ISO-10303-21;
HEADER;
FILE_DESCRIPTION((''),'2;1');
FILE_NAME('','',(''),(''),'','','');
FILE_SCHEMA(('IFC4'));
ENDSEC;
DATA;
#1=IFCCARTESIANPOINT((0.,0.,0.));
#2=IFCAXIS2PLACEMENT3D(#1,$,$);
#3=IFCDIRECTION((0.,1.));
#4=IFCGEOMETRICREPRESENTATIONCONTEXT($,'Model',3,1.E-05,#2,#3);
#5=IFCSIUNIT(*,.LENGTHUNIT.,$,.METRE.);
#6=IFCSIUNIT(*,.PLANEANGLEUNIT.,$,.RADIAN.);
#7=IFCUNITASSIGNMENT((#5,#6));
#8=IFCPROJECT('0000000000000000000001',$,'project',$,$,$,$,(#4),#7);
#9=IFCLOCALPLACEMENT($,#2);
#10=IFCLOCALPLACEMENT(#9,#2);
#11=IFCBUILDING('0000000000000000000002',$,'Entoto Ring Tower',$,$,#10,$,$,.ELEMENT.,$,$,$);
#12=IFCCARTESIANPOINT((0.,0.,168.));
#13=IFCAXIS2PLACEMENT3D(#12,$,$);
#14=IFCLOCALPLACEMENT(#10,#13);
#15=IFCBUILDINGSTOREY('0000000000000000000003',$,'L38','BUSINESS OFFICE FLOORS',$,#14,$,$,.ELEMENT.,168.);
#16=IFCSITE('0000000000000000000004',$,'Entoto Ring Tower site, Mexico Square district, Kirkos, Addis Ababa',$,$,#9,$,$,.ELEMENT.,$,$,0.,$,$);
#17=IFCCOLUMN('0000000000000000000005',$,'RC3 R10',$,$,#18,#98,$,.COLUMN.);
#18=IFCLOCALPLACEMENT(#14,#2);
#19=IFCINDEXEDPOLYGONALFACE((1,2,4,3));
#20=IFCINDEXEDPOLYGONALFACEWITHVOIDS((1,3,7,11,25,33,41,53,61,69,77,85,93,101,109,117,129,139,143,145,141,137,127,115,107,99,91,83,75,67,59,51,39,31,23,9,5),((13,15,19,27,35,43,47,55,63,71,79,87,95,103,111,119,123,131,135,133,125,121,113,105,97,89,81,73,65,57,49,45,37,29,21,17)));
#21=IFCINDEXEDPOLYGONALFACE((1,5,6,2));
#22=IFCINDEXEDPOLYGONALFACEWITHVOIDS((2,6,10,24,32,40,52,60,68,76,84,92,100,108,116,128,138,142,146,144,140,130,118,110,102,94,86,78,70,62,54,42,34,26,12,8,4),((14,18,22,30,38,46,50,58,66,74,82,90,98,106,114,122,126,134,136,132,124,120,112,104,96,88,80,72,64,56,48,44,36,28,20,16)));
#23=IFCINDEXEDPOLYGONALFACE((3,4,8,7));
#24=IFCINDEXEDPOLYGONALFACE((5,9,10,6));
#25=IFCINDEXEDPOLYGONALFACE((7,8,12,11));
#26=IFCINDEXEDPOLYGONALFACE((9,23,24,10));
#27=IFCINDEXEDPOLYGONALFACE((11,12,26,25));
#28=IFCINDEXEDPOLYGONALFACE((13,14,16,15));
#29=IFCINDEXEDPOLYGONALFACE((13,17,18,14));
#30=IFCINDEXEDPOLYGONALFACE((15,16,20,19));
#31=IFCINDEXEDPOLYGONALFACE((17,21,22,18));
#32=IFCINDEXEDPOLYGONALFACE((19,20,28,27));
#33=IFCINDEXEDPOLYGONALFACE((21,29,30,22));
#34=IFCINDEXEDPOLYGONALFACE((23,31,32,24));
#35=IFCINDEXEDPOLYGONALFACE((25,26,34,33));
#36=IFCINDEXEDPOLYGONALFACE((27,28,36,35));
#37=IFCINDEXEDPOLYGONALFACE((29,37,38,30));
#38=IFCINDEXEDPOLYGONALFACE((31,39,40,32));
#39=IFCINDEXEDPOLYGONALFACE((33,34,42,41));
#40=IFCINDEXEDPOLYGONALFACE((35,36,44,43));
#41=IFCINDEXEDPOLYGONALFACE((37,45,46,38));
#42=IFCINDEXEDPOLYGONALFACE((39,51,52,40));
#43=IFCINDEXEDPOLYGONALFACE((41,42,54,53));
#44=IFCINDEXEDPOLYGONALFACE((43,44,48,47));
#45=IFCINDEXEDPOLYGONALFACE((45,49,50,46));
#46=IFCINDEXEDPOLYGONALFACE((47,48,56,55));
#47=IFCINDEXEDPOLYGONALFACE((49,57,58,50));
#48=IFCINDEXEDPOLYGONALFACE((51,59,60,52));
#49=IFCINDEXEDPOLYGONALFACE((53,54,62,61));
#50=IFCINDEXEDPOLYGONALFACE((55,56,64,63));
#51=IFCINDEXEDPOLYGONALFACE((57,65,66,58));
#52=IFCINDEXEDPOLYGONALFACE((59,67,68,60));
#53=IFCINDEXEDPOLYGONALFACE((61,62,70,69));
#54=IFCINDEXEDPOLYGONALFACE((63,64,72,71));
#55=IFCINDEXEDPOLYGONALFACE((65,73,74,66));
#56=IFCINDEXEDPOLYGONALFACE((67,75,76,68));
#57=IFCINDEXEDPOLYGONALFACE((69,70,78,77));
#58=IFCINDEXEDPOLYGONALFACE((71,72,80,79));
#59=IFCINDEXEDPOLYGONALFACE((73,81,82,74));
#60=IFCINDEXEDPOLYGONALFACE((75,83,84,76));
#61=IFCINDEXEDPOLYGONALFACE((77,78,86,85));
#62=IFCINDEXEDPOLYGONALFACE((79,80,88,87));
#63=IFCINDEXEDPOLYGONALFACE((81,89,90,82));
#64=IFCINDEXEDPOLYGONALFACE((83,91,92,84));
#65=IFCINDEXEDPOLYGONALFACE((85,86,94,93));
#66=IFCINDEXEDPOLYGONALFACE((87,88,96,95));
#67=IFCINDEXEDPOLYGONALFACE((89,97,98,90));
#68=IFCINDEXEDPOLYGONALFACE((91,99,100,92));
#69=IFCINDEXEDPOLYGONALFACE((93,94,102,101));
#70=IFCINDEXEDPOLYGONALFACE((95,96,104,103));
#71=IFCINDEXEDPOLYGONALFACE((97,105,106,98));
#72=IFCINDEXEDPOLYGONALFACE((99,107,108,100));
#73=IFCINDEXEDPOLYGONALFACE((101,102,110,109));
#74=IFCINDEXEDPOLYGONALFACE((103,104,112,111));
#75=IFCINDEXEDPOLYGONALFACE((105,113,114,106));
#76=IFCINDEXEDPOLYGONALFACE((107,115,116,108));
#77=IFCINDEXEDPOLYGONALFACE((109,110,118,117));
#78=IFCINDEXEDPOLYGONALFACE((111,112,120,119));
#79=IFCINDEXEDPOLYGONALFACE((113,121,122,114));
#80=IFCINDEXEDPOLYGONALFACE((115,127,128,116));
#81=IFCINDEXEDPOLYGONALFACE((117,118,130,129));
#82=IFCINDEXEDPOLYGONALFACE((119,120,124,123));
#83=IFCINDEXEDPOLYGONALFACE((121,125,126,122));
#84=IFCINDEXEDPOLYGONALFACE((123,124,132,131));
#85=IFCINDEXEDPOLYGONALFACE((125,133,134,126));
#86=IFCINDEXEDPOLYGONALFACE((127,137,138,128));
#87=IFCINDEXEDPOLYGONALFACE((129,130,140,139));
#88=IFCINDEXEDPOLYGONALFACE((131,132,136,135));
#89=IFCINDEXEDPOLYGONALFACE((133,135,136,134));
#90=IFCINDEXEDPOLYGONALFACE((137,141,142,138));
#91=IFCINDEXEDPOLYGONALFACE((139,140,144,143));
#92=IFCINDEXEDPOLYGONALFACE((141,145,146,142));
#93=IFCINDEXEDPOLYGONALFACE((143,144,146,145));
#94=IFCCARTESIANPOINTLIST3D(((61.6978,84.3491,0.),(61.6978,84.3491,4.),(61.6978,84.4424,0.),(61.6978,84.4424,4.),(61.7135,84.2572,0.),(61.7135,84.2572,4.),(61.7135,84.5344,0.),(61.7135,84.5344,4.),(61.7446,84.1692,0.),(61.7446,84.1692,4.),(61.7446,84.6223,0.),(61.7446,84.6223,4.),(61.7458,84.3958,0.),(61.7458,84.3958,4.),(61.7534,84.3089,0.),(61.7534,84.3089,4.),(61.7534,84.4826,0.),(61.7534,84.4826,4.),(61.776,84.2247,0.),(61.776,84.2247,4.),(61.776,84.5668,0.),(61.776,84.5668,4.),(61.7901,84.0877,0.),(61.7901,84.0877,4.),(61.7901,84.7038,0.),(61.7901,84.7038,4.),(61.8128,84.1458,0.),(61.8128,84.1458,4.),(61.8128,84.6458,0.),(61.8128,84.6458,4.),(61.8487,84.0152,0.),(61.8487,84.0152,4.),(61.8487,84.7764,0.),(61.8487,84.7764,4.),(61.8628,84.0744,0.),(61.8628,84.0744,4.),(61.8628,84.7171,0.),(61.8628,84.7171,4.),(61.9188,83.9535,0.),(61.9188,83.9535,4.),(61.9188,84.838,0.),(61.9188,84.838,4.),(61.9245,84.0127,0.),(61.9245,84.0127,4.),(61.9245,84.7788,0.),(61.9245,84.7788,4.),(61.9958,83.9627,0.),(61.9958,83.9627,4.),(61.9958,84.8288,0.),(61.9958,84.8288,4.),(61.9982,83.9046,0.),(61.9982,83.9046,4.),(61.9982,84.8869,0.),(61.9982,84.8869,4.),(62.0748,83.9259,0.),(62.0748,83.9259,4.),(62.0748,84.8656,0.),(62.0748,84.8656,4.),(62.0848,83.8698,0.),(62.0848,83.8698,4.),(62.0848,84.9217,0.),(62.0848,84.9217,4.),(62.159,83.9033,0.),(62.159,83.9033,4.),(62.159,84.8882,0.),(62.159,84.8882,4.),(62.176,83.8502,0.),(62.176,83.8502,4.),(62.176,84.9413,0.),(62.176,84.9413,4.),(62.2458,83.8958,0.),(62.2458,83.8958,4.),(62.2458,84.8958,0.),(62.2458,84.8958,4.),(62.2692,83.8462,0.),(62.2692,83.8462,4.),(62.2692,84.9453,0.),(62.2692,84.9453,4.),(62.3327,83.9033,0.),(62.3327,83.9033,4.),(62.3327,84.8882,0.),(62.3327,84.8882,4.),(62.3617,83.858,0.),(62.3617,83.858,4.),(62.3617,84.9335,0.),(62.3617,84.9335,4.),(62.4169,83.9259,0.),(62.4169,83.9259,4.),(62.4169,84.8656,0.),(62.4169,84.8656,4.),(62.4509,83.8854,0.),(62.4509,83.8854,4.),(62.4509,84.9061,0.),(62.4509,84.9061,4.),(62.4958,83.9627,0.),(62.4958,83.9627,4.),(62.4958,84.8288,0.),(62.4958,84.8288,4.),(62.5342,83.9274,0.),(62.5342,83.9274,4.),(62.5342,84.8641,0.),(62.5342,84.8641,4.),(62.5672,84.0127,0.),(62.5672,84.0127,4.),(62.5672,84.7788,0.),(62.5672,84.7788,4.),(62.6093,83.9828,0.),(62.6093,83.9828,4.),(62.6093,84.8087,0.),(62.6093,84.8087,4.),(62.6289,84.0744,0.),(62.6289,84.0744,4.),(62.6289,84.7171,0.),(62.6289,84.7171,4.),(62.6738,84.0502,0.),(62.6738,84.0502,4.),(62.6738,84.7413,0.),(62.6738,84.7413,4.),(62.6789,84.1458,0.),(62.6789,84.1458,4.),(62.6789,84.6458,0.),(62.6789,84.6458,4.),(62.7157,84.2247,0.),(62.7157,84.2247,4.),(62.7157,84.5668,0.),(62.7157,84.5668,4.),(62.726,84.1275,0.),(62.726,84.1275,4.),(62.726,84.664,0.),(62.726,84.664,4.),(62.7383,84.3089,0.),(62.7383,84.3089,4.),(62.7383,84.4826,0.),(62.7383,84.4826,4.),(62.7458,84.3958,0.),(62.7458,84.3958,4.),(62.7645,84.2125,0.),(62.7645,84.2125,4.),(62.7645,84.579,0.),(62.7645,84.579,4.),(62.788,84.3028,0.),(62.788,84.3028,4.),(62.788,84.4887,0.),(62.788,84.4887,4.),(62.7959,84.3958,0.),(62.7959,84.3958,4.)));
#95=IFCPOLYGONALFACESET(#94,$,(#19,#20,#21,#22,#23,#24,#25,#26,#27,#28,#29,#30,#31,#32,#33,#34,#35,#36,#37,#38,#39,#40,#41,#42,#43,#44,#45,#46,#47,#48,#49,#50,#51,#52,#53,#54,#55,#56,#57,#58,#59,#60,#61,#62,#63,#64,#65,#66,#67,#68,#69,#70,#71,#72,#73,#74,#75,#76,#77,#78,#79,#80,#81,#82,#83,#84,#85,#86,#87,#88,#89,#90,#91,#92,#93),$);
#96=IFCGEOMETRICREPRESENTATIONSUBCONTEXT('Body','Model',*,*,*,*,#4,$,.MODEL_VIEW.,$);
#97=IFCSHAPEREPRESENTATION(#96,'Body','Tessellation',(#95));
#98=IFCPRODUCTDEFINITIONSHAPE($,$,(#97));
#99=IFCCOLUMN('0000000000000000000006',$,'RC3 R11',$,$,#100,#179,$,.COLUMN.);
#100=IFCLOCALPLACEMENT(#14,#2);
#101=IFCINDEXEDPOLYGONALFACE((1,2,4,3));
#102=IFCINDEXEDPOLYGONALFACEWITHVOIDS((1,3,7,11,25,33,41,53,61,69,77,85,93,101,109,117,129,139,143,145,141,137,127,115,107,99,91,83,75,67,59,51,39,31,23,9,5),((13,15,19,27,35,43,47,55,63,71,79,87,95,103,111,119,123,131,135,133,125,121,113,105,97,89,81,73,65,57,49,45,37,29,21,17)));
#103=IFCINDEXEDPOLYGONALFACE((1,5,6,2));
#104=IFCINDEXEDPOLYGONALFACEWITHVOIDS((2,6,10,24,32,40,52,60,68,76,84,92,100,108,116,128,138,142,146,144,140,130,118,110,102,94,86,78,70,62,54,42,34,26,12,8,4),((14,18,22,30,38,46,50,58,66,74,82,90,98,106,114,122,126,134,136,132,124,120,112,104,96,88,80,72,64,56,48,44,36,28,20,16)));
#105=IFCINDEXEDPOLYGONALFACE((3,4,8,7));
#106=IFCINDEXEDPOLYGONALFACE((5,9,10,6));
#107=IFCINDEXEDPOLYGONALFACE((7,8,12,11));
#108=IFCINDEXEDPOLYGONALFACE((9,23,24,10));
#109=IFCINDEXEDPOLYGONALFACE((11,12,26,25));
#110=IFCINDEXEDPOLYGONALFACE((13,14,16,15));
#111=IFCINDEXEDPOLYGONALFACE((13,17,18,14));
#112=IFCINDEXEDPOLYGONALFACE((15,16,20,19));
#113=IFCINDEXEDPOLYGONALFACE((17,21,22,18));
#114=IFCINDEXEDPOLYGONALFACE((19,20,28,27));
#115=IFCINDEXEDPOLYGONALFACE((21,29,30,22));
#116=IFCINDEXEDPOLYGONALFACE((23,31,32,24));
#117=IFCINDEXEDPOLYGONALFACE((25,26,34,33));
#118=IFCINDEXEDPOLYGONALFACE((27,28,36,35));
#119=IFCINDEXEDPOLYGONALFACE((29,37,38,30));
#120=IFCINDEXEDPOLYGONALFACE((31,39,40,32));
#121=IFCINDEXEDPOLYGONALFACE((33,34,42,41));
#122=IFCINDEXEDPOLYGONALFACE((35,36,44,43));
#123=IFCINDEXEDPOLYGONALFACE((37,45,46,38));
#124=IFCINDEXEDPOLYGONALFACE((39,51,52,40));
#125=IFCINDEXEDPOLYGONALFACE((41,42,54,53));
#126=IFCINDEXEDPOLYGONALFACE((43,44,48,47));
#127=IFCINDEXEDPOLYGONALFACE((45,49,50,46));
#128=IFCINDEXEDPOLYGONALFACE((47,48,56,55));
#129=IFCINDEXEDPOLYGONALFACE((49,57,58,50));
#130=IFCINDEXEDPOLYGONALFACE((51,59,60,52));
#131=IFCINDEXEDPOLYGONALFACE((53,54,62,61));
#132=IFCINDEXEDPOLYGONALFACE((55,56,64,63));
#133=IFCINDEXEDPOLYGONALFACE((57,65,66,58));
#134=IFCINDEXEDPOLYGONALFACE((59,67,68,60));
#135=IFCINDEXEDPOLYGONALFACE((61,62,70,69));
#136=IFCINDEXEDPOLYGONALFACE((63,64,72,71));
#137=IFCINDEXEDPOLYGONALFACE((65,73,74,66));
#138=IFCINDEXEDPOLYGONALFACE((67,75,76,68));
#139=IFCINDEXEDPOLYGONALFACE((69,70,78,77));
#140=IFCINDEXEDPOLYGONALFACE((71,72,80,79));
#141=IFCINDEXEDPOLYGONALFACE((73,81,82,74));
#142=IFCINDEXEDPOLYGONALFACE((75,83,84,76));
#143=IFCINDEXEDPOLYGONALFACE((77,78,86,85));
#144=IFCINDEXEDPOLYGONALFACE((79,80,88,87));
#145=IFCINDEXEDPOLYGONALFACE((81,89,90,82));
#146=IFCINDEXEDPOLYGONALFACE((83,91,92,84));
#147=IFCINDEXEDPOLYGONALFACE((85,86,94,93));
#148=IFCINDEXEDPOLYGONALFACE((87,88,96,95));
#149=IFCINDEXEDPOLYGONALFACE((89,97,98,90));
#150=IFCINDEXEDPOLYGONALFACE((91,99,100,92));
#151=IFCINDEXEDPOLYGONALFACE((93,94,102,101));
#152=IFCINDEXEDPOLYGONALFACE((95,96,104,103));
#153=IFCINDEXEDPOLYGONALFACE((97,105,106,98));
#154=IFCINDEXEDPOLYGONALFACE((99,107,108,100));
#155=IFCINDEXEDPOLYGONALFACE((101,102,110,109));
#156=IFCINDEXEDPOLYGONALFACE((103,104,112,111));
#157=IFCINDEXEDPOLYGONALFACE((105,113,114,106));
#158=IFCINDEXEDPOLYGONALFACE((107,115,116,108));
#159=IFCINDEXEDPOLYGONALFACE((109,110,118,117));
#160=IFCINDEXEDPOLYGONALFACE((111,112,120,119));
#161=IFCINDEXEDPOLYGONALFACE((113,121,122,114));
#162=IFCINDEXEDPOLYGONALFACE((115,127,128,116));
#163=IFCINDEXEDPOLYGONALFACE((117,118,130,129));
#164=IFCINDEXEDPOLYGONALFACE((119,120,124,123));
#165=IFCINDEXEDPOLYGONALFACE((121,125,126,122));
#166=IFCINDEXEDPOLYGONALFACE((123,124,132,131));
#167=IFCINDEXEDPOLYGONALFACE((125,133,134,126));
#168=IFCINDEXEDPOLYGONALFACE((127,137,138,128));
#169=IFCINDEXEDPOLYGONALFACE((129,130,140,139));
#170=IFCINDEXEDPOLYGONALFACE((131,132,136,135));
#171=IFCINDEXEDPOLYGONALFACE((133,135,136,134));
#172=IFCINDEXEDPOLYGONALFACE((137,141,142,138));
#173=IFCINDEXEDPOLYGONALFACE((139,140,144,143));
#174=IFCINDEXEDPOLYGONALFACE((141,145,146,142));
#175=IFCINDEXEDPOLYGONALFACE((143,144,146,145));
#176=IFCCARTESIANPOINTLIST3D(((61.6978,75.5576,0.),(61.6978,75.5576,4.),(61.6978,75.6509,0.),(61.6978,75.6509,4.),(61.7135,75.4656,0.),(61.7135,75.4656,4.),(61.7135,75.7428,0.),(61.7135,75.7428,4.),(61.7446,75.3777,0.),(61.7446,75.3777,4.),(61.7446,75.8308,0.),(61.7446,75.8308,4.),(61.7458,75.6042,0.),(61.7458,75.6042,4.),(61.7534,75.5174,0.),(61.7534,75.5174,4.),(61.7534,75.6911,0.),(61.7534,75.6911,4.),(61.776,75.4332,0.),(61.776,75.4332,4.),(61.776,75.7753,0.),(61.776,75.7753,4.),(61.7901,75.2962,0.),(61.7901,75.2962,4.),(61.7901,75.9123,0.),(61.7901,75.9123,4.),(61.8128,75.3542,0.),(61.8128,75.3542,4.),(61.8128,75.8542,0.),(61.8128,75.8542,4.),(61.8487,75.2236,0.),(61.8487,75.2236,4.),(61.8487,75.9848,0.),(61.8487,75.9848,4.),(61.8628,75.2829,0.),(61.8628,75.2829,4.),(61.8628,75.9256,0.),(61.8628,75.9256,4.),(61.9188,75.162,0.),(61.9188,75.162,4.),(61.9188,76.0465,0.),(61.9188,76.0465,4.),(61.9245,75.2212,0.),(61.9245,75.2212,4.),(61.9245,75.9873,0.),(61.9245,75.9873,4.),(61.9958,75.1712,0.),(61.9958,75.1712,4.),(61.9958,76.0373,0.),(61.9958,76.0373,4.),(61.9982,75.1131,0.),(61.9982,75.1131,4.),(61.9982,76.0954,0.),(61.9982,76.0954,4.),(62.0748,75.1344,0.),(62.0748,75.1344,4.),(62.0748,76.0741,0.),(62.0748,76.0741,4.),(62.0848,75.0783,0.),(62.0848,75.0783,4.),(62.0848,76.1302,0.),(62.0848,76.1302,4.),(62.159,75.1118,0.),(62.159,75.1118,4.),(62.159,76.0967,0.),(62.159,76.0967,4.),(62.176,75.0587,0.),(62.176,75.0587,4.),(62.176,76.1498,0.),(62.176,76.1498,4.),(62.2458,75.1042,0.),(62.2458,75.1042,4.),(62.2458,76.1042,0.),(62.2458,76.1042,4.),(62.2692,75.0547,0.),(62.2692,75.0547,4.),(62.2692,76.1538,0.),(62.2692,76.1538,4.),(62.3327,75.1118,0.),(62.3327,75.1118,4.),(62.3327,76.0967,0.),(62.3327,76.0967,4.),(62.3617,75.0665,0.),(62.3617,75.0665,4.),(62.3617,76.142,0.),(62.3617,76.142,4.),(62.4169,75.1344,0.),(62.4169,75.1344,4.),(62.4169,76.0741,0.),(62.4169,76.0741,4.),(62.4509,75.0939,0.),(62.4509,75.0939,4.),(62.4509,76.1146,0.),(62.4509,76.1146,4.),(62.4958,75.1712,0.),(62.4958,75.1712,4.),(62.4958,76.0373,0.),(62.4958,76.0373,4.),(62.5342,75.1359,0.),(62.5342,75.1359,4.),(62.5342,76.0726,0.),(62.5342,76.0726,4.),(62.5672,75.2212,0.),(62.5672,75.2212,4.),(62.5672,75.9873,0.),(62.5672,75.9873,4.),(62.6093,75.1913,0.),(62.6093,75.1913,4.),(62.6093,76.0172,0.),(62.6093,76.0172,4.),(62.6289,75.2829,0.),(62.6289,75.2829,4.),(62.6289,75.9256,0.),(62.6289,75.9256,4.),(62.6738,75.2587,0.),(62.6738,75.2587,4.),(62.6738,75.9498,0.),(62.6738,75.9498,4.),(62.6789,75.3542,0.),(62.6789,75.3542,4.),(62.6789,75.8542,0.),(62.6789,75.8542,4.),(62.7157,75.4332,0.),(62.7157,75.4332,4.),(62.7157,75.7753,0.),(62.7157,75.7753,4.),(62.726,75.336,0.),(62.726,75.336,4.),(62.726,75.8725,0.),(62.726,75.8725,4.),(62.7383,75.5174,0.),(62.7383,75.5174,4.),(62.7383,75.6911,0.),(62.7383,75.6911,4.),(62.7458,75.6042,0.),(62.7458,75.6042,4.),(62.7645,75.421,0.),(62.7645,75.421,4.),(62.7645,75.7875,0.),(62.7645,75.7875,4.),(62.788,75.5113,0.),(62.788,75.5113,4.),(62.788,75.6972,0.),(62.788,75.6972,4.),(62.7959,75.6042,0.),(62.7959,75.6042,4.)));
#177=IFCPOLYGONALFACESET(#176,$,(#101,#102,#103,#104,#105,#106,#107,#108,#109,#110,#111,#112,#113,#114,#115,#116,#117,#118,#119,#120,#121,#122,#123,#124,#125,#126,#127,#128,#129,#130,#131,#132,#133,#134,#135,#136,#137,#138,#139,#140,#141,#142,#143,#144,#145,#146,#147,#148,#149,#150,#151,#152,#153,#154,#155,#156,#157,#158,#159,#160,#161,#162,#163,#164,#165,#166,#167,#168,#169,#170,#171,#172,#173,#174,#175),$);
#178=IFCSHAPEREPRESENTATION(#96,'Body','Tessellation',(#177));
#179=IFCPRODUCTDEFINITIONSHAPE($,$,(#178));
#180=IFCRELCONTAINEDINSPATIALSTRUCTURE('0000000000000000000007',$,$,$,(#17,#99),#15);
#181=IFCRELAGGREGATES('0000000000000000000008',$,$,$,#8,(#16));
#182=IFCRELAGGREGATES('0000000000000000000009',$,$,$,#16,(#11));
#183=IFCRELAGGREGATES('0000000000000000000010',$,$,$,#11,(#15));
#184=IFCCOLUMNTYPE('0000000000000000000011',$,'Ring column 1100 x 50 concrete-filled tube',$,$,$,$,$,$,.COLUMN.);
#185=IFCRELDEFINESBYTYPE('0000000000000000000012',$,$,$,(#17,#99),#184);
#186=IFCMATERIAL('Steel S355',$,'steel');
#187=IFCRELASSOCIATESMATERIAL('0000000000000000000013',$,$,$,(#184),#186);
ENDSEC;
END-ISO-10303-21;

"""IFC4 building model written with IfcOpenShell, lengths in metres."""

from ifc_helpers import new_model, si_unit, direction, frame, origin, origin_2d, place, context, subcontext, project, spatial, circle, hollow_circle, extrude, material, material_profile, profile_set, type_object, element, save


model = new_model("IFC4")

# Units and contexts
model_context = context("Model", 3, precision=1e-05, world=origin(), true_north=direction((0.0, 1.0)))
body_context = subcontext(model_context, "Body", "Model", "MODEL_VIEW")
ifc_project = project(units=[si_unit("LENGTHUNIT", "METRE"), si_unit("PLANEANGLEUNIT", "RADIAN")], contexts=[model_context])

# Site, building, storey
site_placement = place(None, origin())
site = spatial("IfcSite", under=ifc_project, at=site_placement, Name="Entoto Ring Tower site, Mexico Square district, Kirkos, Addis Ababa", CompositionType="ELEMENT", RefElevation=0.0)
building_placement = place(site_placement, origin())
building = spatial("IfcBuilding", under=site, at=building_placement, Name="Entoto Ring Tower", CompositionType="ELEMENT")
storey_placement = place(building_placement, frame((0.0, 0.0, 168.0)))
storey = spatial("IfcBuildingStorey", under=building, at=storey_placement, Name="L38", Description="BUSINESS OFFICE FLOORS", CompositionType="ELEMENT", Elevation=168.0)

# Columns
ifc_material_1 = material(Name="Steel S355", Category="steel")
ifc_material_profile_1 = material_profile(ifc_material_1, hollow_circle(Radius=0.55, WallThickness=0.05, at=origin_2d()), Name="CHS 1100 x 50")
ifc_material_2 = material(Name="Concrete C60/75", Category="concrete")
ifc_material_profile_2 = material_profile(ifc_material_2, circle(Radius=0.5, at=origin_2d()), Name="Concrete C60/75 infill")
ifc_profile_set_1 = profile_set([ifc_material_profile_1, ifc_material_profile_2], Name="Steel S355")
column_type = type_object("IfcColumnType", Name="Ring column 1100 x 50 concrete-filled tube", PredefinedType="COLUMN", material=ifc_profile_set_1)
for number, where, z_axis, x_axis, name in (
    (1, (62.2458, 84.3958, 0.0), (0.0, 0.0, 1.0), (1.0, 0.0, 0.0), "RC3 R10"),
    (2, (62.2458, 75.6042, 0.0), (0.0, 0.0, 1.0), (1.0, 0.0, 0.0), "RC3 R11"),
):
    element("IfcColumn", number, at=place(storey_placement, frame(where, z_axis=z_axis, x_axis=x_axis)), inside=storey, type_object=column_type, Name=name, PredefinedType="COLUMN", context=body_context, shape_type="SweptSolid", body=[
        extrude(hollow_circle(Radius=0.55, WallThickness=0.05, at=origin_2d()), origin(), (0.0, 0.0, 1.0), 4.0),
    ])

save(model, "model.ifc")
